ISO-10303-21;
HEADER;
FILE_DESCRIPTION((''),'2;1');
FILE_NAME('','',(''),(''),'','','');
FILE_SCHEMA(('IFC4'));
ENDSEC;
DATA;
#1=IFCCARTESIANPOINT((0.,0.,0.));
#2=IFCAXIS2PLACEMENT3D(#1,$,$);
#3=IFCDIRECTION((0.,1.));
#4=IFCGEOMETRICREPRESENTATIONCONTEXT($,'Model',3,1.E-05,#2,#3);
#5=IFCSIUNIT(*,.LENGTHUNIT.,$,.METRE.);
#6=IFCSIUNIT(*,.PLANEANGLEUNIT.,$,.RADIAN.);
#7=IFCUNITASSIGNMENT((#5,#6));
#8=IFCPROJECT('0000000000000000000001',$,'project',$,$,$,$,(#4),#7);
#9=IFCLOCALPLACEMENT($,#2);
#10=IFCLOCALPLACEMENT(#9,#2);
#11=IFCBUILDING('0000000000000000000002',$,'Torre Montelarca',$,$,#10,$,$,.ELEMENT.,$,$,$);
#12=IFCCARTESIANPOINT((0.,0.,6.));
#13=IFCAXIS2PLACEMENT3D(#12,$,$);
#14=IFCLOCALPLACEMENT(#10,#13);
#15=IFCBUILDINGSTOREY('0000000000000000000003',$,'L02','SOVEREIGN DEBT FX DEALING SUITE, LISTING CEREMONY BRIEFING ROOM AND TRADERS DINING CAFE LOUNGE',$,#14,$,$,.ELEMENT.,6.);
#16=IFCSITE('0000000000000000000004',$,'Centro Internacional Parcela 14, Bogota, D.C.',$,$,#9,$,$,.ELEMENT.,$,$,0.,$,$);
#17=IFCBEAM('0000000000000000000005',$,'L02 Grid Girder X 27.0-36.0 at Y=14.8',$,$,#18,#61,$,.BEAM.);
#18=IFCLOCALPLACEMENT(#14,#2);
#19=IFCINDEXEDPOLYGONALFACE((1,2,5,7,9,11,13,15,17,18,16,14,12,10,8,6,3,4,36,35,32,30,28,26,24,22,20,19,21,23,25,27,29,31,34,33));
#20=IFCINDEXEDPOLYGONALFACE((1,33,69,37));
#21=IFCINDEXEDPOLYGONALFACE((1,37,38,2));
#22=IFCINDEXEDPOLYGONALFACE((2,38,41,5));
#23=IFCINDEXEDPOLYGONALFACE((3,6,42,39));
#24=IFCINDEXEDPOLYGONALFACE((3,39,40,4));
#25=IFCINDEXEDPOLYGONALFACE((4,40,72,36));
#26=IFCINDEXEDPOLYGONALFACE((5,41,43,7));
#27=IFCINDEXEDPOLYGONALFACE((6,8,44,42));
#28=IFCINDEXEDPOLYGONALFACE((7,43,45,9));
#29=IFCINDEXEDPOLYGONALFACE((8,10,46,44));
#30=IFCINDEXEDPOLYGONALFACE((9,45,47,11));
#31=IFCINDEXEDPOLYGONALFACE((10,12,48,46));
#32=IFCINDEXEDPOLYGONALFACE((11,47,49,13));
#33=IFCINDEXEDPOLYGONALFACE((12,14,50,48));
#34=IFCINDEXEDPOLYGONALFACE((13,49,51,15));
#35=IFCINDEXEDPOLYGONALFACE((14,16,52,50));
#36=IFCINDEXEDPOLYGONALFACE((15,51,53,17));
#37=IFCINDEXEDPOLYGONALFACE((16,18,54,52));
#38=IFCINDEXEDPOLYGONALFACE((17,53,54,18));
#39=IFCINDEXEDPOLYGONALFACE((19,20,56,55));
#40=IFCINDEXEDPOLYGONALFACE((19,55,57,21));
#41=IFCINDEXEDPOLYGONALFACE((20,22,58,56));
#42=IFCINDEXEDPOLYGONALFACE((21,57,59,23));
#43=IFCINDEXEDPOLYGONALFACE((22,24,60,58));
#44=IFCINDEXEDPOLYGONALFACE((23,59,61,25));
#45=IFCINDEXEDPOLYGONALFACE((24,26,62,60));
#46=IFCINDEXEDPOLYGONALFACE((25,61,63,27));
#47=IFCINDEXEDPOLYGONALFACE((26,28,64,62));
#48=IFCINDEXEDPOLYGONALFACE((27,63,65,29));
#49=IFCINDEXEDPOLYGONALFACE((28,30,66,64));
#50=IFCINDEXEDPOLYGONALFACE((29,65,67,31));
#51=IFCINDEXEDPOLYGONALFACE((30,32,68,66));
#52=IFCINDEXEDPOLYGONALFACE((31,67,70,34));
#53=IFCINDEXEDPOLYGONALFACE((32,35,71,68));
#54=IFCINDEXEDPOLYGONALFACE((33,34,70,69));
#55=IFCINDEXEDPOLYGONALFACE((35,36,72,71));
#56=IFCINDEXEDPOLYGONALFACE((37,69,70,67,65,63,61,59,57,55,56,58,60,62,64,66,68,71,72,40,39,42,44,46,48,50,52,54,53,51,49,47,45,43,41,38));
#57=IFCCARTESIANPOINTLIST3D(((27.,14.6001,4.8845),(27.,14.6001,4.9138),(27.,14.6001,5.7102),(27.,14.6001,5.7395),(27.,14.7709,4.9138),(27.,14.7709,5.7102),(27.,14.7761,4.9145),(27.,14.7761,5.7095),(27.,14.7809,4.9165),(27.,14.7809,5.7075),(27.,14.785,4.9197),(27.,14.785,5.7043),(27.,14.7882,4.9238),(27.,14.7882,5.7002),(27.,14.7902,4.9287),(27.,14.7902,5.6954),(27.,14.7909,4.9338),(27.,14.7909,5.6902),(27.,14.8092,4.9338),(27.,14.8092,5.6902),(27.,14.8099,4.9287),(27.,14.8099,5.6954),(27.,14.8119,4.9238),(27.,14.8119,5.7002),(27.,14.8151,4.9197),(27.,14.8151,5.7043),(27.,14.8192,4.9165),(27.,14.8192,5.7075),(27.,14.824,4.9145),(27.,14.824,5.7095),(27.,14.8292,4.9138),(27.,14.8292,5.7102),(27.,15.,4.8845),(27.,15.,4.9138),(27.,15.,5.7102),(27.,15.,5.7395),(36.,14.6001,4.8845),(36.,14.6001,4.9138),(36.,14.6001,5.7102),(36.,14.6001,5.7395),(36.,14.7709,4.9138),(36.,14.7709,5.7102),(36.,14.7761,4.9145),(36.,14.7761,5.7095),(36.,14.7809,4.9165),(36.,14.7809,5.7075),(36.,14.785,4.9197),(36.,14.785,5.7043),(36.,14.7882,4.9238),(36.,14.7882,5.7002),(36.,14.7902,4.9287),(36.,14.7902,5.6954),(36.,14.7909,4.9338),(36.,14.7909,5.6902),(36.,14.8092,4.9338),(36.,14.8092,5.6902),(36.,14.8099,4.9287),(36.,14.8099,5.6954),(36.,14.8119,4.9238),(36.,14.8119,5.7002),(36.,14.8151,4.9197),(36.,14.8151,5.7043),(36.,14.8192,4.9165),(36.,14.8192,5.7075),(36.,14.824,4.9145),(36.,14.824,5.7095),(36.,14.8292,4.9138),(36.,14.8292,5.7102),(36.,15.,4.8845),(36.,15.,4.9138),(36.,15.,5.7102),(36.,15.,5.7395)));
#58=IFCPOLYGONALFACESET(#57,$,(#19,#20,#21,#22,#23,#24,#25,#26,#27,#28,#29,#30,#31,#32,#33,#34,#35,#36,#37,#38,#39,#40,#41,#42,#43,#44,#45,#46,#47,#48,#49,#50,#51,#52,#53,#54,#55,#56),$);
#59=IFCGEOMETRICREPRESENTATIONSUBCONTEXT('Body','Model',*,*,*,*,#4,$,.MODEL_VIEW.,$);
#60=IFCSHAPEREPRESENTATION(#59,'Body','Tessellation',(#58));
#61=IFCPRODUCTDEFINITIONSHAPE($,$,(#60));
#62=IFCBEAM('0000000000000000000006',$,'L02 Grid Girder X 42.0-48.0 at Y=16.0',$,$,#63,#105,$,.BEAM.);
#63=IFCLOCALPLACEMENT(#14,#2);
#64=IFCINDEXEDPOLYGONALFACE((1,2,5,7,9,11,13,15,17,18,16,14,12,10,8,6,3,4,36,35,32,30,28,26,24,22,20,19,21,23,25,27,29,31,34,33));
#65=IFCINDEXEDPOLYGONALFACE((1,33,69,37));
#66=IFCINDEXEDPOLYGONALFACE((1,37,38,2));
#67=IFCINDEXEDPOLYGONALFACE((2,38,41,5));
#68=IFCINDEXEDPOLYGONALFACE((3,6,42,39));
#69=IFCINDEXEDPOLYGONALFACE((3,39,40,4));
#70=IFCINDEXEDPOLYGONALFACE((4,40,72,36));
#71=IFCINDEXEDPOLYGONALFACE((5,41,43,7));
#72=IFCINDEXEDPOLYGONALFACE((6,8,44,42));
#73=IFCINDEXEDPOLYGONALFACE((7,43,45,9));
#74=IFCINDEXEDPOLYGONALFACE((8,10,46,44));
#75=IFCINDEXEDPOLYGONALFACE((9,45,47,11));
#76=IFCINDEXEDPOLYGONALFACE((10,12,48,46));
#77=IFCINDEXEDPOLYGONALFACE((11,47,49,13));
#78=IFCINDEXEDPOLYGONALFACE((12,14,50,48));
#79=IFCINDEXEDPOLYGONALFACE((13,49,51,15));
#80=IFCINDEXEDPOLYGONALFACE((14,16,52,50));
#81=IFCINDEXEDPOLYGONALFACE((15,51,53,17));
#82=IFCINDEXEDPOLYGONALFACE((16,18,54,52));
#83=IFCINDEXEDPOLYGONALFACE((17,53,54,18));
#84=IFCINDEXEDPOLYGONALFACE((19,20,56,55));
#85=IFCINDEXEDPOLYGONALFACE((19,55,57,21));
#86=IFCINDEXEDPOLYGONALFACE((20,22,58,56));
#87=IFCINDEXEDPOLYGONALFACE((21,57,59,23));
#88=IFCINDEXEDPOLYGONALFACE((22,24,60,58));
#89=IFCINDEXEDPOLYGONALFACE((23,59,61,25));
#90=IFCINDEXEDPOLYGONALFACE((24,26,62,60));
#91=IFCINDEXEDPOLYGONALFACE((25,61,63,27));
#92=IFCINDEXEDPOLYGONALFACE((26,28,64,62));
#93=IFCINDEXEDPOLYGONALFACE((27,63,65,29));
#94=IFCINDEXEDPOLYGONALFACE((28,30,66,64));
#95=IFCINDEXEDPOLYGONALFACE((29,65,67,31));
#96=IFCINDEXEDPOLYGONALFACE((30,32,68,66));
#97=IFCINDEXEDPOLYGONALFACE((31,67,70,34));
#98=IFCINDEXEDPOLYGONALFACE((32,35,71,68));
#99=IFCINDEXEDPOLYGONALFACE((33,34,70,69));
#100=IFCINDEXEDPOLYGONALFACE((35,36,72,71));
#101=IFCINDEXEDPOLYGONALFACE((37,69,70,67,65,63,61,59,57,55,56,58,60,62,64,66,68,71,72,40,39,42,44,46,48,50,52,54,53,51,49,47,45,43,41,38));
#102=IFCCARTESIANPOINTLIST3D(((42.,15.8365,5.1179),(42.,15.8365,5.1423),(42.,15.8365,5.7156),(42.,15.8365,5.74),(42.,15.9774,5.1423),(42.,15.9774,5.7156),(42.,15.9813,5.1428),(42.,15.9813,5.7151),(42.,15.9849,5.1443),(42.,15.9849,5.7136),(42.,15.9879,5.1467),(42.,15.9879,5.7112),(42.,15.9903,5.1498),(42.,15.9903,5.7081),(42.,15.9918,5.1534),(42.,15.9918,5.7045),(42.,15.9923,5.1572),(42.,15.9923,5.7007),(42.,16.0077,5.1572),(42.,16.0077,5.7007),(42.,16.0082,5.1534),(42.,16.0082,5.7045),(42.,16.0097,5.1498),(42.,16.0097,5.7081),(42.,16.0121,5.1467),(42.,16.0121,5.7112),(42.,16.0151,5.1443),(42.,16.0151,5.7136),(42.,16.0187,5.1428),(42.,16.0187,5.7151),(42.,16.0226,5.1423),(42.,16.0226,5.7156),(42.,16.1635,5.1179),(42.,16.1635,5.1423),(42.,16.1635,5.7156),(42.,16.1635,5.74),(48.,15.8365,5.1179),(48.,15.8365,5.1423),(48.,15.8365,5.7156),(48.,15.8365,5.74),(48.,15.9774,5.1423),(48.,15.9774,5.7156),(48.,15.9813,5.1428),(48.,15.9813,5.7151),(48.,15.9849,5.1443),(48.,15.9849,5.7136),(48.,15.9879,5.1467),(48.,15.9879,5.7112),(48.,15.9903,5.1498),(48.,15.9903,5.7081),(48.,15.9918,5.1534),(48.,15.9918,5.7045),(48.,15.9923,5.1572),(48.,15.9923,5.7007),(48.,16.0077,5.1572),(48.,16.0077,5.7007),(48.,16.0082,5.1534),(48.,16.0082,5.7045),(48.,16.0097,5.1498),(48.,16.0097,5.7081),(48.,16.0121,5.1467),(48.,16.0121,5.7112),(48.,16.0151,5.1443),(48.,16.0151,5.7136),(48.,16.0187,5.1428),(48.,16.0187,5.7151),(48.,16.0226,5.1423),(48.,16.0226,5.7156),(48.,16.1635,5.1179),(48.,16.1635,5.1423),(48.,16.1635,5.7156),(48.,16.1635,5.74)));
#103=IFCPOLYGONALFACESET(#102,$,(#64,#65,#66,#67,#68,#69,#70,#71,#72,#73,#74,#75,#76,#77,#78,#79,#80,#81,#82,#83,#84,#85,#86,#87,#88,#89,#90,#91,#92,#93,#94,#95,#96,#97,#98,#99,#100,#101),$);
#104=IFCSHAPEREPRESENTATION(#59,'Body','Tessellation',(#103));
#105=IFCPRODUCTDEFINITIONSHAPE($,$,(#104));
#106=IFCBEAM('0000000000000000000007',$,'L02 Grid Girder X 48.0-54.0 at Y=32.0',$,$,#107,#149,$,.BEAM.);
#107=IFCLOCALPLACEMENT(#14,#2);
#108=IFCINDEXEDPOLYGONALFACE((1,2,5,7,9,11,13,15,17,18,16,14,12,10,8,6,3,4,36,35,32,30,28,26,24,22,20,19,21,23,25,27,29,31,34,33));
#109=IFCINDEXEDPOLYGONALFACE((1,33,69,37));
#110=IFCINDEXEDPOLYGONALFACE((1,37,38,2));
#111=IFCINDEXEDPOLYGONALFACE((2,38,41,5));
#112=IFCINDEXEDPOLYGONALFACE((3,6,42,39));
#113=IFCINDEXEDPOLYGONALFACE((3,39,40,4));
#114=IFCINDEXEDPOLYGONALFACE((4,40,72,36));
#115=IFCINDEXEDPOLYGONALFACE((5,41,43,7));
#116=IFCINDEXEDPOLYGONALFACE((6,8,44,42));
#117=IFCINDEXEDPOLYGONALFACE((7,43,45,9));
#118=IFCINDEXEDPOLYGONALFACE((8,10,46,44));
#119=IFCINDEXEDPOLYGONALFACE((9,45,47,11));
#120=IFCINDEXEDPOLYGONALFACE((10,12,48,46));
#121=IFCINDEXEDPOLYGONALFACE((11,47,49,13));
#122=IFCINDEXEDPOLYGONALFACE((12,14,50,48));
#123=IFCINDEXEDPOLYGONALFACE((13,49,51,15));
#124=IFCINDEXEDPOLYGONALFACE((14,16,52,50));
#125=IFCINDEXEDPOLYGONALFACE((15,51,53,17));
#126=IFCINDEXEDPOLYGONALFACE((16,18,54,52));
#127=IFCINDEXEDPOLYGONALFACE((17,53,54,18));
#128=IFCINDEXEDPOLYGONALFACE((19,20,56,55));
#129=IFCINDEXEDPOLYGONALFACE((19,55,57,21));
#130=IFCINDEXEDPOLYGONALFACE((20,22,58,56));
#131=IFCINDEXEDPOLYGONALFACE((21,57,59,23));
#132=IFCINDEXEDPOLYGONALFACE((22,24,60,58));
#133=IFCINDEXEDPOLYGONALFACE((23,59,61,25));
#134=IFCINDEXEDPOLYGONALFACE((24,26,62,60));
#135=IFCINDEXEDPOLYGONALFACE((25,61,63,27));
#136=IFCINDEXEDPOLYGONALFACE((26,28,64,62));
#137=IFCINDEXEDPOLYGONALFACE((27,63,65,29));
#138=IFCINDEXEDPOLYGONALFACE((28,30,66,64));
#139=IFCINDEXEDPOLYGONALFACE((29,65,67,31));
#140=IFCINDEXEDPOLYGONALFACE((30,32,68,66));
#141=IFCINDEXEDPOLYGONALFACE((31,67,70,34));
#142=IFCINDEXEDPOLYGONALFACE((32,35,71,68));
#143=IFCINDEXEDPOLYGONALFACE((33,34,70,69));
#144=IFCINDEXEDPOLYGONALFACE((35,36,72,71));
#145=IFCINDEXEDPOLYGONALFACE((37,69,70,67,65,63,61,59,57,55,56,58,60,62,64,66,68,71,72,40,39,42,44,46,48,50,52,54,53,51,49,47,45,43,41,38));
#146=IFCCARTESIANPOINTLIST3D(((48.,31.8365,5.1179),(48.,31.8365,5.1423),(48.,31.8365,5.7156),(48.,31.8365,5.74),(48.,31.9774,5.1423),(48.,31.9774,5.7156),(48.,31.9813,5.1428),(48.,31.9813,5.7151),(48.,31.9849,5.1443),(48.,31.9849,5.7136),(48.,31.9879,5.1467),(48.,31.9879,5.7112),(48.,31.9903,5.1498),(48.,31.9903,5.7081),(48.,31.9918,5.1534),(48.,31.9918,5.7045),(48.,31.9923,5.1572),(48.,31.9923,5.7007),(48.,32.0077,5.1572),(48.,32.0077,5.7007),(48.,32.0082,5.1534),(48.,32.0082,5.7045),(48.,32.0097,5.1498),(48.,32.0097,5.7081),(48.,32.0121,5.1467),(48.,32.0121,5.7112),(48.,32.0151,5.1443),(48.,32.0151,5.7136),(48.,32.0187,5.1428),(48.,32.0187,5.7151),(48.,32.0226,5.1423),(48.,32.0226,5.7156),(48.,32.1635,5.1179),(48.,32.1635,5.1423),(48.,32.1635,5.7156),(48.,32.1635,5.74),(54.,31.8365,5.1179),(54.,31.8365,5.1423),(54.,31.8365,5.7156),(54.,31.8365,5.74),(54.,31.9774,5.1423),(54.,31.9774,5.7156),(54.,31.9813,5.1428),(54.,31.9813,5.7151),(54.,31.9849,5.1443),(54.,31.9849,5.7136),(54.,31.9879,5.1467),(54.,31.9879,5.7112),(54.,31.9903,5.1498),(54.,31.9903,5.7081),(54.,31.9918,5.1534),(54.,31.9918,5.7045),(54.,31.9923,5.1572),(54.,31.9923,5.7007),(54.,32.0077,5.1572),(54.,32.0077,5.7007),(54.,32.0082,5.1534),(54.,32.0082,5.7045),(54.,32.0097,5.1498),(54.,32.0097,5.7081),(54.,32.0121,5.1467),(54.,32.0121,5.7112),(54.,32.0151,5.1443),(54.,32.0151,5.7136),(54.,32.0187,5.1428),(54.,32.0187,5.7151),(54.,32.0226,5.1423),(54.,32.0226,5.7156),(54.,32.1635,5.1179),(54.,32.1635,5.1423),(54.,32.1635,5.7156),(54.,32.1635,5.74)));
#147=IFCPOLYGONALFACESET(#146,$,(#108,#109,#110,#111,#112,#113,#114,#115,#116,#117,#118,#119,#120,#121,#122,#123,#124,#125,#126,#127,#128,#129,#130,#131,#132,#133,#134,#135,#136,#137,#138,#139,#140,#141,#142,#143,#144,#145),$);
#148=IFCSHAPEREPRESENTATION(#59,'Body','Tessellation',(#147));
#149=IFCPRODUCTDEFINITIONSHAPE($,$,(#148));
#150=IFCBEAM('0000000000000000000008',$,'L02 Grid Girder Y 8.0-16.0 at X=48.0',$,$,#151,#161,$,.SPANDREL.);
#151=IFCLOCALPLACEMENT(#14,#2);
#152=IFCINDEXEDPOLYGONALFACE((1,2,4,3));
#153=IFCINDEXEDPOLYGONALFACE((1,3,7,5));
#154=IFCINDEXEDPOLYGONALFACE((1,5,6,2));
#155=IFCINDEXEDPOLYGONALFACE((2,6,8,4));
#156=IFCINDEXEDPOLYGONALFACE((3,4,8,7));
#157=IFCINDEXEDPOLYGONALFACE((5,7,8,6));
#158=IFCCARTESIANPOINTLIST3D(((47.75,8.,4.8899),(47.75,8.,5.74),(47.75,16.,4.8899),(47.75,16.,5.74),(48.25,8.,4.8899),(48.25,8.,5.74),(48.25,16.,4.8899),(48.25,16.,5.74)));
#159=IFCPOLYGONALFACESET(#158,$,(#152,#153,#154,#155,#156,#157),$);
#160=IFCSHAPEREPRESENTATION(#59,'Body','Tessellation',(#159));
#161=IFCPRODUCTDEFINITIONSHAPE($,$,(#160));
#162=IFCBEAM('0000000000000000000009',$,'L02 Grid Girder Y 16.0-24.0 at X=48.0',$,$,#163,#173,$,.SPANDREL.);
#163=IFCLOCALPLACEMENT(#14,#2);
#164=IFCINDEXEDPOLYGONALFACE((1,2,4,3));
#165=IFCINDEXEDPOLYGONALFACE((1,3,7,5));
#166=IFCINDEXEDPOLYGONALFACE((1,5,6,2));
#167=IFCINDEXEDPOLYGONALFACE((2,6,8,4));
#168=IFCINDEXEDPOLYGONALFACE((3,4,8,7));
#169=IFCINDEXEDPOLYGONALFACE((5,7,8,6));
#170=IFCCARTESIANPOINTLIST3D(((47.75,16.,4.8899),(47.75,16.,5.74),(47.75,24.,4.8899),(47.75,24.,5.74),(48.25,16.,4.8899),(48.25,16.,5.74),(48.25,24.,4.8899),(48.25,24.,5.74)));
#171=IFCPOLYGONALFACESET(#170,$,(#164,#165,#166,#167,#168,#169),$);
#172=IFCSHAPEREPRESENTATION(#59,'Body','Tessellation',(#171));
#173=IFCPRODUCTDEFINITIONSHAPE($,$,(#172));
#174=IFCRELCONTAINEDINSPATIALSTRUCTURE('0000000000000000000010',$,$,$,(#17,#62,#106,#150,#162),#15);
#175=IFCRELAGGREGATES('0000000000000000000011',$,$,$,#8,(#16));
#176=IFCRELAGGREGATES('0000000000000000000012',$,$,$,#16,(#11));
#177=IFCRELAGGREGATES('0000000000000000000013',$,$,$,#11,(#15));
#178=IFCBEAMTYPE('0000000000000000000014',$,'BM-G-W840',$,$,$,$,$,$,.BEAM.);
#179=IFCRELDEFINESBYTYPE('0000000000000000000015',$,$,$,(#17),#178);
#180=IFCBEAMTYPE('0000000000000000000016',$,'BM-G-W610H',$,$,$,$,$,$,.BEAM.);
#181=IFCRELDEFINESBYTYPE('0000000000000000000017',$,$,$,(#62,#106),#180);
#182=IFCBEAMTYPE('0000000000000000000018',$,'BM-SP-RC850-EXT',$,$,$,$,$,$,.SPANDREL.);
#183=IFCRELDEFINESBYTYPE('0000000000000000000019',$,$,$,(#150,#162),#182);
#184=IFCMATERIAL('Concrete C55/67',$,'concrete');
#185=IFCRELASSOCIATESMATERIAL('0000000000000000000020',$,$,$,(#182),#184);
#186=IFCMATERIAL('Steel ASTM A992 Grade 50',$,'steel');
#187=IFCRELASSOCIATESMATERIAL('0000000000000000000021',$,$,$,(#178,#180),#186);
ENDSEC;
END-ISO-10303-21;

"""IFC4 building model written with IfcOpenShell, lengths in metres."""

from ifc_helpers import new_model, si_unit, direction, frame, origin, origin_2d, place, context, subcontext, project, spatial, rectangle, i_section, extrude, source, transform, mapped, material, material_profile, profile_set, type_object, element, save


model = new_model("IFC4")

# Units and contexts
model_context = context("Model", 3, precision=1e-05, world=origin(), true_north=direction((0.0, 1.0)))
body_context = subcontext(model_context, "Body", "Model", "MODEL_VIEW")
ifc_project = project(units=[si_unit("LENGTHUNIT", "METRE"), si_unit("PLANEANGLEUNIT", "RADIAN")], contexts=[model_context])

# Site, building, storey
site_placement = place(None, origin())
site = spatial("IfcSite", under=ifc_project, at=site_placement, Name="Centro Internacional Parcela 14, Bogota, D.C.", CompositionType="ELEMENT", RefElevation=0.0)
building_placement = place(site_placement, origin())
building = spatial("IfcBuilding", under=site, at=building_placement, Name="Torre Montelarca", CompositionType="ELEMENT")
storey_placement = place(building_placement, frame((0.0, 0.0, 6.0)))
storey = spatial("IfcBuildingStorey", under=building, at=storey_placement, Name="L02", Description="SOVEREIGN DEBT FX DEALING SUITE, LISTING CEREMONY BRIEFING ROOM AND TRADERS DINING CAFE LOUNGE", CompositionType="ELEMENT", Elevation=6.0)

# Beams
ifc_material_1 = material(Name="Concrete C55/67", Category="concrete")
ifc_material_profile_1 = material_profile(ifc_material_1, rectangle(XDim=0.5, YDim=0.8501, at=origin_2d()), Name="RCB500X850", Category="concrete")
ifc_profile_set_1 = profile_set([ifc_material_profile_1], Name="Concrete C55/67")
beam_type_1 = type_object("IfcBeamType", Name="BM-SP-RC850-EXT", PredefinedType="SPANDREL", material=ifc_profile_set_1)
ifc_material_2 = material(Name="Steel ASTM A992 Grade 50", Category="steel")
ifc_material_profile_2 = material_profile(ifc_material_2, i_section(OverallWidth=0.3999, OverallDepth=0.855, WebThickness=0.0183, FlangeThickness=0.0293, FilletRadius=0.02, at=origin_2d()), Name="W840X299", Category="steel")
ifc_profile_set_2 = profile_set([ifc_material_profile_2], Name="Steel ASTM A992 Grade 50")
beam_type_2 = type_object("IfcBeamType", Name="BM-G-W840", PredefinedType="BEAM", material=ifc_profile_set_2)
shared_shape_1 = source(origin(), body_context, "Body", "SweptSolid", [
    extrude(i_section(OverallWidth=0.3999, OverallDepth=0.855, WebThickness=0.0183, FlangeThickness=0.0293, FilletRadius=0.02, at=origin_2d()), origin(), (0.0, 0.0, 1.0), 9.0),
])
beam_1_placement = place(storey_placement, frame((27.0, 14.8, 5.312), z_axis=(1.0, 0.0, 0.0), x_axis=(0.0, 1.0, 0.0)))
element("IfcBeam", 1, at=beam_1_placement, inside=storey, type_object=beam_type_2, Name="L02 Grid Girder X 27.0-36.0 at Y=14.8", PredefinedType="BEAM", context=body_context, shape_type="MappedRepresentation", body=[
    mapped(shared_shape_1, transform((0.0, 0.0, 0.0), scale=1.0)),
])
ifc_material_profile_3 = material_profile(ifc_material_2, i_section(OverallWidth=0.3269, OverallDepth=0.6221, WebThickness=0.0154, FlangeThickness=0.0244, FilletRadius=0.0149, at=origin_2d()), Name="W610X195", Category="steel")
ifc_profile_set_3 = profile_set([ifc_material_profile_3], Name="Steel ASTM A992 Grade 50")
beam_type_3 = type_object("IfcBeamType", Name="BM-G-W610H", PredefinedType="BEAM", material=ifc_profile_set_3)
shared_shape_2 = source(origin(), body_context, "Body", "SweptSolid", [
    extrude(i_section(OverallWidth=0.3269, OverallDepth=0.6221, WebThickness=0.0154, FlangeThickness=0.0244, FilletRadius=0.0149, at=origin_2d()), origin(), (0.0, 0.0, 1.0), 6.0),
])
for number, where, z_axis, x_axis, name in (
    (2, (42.0, 16.0, 5.429), (1.0, 0.0, 0.0), (0.0, 1.0, 0.0), "L02 Grid Girder X 42.0-48.0 at Y=16.0"),
    (3, (48.0, 32.0, 5.429), (1.0, 0.0, 0.0), (0.0, 1.0, 0.0), "L02 Grid Girder X 48.0-54.0 at Y=32.0"),
):
    element("IfcBeam", number, at=place(storey_placement, frame(where, z_axis=z_axis, x_axis=x_axis)), inside=storey, type_object=beam_type_3, Name=name, PredefinedType="BEAM", context=body_context, shape_type="MappedRepresentation", body=[
        mapped(shared_shape_2, transform((0.0, 0.0, 0.0), scale=1.0)),
    ])
shared_shape_3 = source(origin(), body_context, "Body", "SweptSolid", [
    extrude(rectangle(XDim=0.5, YDim=0.8501, at=origin_2d()), origin(), (0.0, 0.0, 1.0), 8.0),
])
for number, where, z_axis, x_axis, name in (
    (4, (48.0, 8.0, 5.3149), (0.0, 1.0, 0.0), (-1.0, 0.0, 0.0), "L02 Grid Girder Y 8.0-16.0 at X=48.0"),
    (5, (48.0, 16.0, 5.3149), (0.0, 1.0, 0.0), (-1.0, 0.0, 0.0), "L02 Grid Girder Y 16.0-24.0 at X=48.0"),
):
    element("IfcBeam", number, at=place(storey_placement, frame(where, z_axis=z_axis, x_axis=x_axis)), inside=storey, type_object=beam_type_1, Name=name, PredefinedType="SPANDREL", context=body_context, shape_type="MappedRepresentation", body=[
        mapped(shared_shape_3, transform((0.0, 0.0, 0.0), scale=1.0)),
    ])

save(model, "model.ifc")
